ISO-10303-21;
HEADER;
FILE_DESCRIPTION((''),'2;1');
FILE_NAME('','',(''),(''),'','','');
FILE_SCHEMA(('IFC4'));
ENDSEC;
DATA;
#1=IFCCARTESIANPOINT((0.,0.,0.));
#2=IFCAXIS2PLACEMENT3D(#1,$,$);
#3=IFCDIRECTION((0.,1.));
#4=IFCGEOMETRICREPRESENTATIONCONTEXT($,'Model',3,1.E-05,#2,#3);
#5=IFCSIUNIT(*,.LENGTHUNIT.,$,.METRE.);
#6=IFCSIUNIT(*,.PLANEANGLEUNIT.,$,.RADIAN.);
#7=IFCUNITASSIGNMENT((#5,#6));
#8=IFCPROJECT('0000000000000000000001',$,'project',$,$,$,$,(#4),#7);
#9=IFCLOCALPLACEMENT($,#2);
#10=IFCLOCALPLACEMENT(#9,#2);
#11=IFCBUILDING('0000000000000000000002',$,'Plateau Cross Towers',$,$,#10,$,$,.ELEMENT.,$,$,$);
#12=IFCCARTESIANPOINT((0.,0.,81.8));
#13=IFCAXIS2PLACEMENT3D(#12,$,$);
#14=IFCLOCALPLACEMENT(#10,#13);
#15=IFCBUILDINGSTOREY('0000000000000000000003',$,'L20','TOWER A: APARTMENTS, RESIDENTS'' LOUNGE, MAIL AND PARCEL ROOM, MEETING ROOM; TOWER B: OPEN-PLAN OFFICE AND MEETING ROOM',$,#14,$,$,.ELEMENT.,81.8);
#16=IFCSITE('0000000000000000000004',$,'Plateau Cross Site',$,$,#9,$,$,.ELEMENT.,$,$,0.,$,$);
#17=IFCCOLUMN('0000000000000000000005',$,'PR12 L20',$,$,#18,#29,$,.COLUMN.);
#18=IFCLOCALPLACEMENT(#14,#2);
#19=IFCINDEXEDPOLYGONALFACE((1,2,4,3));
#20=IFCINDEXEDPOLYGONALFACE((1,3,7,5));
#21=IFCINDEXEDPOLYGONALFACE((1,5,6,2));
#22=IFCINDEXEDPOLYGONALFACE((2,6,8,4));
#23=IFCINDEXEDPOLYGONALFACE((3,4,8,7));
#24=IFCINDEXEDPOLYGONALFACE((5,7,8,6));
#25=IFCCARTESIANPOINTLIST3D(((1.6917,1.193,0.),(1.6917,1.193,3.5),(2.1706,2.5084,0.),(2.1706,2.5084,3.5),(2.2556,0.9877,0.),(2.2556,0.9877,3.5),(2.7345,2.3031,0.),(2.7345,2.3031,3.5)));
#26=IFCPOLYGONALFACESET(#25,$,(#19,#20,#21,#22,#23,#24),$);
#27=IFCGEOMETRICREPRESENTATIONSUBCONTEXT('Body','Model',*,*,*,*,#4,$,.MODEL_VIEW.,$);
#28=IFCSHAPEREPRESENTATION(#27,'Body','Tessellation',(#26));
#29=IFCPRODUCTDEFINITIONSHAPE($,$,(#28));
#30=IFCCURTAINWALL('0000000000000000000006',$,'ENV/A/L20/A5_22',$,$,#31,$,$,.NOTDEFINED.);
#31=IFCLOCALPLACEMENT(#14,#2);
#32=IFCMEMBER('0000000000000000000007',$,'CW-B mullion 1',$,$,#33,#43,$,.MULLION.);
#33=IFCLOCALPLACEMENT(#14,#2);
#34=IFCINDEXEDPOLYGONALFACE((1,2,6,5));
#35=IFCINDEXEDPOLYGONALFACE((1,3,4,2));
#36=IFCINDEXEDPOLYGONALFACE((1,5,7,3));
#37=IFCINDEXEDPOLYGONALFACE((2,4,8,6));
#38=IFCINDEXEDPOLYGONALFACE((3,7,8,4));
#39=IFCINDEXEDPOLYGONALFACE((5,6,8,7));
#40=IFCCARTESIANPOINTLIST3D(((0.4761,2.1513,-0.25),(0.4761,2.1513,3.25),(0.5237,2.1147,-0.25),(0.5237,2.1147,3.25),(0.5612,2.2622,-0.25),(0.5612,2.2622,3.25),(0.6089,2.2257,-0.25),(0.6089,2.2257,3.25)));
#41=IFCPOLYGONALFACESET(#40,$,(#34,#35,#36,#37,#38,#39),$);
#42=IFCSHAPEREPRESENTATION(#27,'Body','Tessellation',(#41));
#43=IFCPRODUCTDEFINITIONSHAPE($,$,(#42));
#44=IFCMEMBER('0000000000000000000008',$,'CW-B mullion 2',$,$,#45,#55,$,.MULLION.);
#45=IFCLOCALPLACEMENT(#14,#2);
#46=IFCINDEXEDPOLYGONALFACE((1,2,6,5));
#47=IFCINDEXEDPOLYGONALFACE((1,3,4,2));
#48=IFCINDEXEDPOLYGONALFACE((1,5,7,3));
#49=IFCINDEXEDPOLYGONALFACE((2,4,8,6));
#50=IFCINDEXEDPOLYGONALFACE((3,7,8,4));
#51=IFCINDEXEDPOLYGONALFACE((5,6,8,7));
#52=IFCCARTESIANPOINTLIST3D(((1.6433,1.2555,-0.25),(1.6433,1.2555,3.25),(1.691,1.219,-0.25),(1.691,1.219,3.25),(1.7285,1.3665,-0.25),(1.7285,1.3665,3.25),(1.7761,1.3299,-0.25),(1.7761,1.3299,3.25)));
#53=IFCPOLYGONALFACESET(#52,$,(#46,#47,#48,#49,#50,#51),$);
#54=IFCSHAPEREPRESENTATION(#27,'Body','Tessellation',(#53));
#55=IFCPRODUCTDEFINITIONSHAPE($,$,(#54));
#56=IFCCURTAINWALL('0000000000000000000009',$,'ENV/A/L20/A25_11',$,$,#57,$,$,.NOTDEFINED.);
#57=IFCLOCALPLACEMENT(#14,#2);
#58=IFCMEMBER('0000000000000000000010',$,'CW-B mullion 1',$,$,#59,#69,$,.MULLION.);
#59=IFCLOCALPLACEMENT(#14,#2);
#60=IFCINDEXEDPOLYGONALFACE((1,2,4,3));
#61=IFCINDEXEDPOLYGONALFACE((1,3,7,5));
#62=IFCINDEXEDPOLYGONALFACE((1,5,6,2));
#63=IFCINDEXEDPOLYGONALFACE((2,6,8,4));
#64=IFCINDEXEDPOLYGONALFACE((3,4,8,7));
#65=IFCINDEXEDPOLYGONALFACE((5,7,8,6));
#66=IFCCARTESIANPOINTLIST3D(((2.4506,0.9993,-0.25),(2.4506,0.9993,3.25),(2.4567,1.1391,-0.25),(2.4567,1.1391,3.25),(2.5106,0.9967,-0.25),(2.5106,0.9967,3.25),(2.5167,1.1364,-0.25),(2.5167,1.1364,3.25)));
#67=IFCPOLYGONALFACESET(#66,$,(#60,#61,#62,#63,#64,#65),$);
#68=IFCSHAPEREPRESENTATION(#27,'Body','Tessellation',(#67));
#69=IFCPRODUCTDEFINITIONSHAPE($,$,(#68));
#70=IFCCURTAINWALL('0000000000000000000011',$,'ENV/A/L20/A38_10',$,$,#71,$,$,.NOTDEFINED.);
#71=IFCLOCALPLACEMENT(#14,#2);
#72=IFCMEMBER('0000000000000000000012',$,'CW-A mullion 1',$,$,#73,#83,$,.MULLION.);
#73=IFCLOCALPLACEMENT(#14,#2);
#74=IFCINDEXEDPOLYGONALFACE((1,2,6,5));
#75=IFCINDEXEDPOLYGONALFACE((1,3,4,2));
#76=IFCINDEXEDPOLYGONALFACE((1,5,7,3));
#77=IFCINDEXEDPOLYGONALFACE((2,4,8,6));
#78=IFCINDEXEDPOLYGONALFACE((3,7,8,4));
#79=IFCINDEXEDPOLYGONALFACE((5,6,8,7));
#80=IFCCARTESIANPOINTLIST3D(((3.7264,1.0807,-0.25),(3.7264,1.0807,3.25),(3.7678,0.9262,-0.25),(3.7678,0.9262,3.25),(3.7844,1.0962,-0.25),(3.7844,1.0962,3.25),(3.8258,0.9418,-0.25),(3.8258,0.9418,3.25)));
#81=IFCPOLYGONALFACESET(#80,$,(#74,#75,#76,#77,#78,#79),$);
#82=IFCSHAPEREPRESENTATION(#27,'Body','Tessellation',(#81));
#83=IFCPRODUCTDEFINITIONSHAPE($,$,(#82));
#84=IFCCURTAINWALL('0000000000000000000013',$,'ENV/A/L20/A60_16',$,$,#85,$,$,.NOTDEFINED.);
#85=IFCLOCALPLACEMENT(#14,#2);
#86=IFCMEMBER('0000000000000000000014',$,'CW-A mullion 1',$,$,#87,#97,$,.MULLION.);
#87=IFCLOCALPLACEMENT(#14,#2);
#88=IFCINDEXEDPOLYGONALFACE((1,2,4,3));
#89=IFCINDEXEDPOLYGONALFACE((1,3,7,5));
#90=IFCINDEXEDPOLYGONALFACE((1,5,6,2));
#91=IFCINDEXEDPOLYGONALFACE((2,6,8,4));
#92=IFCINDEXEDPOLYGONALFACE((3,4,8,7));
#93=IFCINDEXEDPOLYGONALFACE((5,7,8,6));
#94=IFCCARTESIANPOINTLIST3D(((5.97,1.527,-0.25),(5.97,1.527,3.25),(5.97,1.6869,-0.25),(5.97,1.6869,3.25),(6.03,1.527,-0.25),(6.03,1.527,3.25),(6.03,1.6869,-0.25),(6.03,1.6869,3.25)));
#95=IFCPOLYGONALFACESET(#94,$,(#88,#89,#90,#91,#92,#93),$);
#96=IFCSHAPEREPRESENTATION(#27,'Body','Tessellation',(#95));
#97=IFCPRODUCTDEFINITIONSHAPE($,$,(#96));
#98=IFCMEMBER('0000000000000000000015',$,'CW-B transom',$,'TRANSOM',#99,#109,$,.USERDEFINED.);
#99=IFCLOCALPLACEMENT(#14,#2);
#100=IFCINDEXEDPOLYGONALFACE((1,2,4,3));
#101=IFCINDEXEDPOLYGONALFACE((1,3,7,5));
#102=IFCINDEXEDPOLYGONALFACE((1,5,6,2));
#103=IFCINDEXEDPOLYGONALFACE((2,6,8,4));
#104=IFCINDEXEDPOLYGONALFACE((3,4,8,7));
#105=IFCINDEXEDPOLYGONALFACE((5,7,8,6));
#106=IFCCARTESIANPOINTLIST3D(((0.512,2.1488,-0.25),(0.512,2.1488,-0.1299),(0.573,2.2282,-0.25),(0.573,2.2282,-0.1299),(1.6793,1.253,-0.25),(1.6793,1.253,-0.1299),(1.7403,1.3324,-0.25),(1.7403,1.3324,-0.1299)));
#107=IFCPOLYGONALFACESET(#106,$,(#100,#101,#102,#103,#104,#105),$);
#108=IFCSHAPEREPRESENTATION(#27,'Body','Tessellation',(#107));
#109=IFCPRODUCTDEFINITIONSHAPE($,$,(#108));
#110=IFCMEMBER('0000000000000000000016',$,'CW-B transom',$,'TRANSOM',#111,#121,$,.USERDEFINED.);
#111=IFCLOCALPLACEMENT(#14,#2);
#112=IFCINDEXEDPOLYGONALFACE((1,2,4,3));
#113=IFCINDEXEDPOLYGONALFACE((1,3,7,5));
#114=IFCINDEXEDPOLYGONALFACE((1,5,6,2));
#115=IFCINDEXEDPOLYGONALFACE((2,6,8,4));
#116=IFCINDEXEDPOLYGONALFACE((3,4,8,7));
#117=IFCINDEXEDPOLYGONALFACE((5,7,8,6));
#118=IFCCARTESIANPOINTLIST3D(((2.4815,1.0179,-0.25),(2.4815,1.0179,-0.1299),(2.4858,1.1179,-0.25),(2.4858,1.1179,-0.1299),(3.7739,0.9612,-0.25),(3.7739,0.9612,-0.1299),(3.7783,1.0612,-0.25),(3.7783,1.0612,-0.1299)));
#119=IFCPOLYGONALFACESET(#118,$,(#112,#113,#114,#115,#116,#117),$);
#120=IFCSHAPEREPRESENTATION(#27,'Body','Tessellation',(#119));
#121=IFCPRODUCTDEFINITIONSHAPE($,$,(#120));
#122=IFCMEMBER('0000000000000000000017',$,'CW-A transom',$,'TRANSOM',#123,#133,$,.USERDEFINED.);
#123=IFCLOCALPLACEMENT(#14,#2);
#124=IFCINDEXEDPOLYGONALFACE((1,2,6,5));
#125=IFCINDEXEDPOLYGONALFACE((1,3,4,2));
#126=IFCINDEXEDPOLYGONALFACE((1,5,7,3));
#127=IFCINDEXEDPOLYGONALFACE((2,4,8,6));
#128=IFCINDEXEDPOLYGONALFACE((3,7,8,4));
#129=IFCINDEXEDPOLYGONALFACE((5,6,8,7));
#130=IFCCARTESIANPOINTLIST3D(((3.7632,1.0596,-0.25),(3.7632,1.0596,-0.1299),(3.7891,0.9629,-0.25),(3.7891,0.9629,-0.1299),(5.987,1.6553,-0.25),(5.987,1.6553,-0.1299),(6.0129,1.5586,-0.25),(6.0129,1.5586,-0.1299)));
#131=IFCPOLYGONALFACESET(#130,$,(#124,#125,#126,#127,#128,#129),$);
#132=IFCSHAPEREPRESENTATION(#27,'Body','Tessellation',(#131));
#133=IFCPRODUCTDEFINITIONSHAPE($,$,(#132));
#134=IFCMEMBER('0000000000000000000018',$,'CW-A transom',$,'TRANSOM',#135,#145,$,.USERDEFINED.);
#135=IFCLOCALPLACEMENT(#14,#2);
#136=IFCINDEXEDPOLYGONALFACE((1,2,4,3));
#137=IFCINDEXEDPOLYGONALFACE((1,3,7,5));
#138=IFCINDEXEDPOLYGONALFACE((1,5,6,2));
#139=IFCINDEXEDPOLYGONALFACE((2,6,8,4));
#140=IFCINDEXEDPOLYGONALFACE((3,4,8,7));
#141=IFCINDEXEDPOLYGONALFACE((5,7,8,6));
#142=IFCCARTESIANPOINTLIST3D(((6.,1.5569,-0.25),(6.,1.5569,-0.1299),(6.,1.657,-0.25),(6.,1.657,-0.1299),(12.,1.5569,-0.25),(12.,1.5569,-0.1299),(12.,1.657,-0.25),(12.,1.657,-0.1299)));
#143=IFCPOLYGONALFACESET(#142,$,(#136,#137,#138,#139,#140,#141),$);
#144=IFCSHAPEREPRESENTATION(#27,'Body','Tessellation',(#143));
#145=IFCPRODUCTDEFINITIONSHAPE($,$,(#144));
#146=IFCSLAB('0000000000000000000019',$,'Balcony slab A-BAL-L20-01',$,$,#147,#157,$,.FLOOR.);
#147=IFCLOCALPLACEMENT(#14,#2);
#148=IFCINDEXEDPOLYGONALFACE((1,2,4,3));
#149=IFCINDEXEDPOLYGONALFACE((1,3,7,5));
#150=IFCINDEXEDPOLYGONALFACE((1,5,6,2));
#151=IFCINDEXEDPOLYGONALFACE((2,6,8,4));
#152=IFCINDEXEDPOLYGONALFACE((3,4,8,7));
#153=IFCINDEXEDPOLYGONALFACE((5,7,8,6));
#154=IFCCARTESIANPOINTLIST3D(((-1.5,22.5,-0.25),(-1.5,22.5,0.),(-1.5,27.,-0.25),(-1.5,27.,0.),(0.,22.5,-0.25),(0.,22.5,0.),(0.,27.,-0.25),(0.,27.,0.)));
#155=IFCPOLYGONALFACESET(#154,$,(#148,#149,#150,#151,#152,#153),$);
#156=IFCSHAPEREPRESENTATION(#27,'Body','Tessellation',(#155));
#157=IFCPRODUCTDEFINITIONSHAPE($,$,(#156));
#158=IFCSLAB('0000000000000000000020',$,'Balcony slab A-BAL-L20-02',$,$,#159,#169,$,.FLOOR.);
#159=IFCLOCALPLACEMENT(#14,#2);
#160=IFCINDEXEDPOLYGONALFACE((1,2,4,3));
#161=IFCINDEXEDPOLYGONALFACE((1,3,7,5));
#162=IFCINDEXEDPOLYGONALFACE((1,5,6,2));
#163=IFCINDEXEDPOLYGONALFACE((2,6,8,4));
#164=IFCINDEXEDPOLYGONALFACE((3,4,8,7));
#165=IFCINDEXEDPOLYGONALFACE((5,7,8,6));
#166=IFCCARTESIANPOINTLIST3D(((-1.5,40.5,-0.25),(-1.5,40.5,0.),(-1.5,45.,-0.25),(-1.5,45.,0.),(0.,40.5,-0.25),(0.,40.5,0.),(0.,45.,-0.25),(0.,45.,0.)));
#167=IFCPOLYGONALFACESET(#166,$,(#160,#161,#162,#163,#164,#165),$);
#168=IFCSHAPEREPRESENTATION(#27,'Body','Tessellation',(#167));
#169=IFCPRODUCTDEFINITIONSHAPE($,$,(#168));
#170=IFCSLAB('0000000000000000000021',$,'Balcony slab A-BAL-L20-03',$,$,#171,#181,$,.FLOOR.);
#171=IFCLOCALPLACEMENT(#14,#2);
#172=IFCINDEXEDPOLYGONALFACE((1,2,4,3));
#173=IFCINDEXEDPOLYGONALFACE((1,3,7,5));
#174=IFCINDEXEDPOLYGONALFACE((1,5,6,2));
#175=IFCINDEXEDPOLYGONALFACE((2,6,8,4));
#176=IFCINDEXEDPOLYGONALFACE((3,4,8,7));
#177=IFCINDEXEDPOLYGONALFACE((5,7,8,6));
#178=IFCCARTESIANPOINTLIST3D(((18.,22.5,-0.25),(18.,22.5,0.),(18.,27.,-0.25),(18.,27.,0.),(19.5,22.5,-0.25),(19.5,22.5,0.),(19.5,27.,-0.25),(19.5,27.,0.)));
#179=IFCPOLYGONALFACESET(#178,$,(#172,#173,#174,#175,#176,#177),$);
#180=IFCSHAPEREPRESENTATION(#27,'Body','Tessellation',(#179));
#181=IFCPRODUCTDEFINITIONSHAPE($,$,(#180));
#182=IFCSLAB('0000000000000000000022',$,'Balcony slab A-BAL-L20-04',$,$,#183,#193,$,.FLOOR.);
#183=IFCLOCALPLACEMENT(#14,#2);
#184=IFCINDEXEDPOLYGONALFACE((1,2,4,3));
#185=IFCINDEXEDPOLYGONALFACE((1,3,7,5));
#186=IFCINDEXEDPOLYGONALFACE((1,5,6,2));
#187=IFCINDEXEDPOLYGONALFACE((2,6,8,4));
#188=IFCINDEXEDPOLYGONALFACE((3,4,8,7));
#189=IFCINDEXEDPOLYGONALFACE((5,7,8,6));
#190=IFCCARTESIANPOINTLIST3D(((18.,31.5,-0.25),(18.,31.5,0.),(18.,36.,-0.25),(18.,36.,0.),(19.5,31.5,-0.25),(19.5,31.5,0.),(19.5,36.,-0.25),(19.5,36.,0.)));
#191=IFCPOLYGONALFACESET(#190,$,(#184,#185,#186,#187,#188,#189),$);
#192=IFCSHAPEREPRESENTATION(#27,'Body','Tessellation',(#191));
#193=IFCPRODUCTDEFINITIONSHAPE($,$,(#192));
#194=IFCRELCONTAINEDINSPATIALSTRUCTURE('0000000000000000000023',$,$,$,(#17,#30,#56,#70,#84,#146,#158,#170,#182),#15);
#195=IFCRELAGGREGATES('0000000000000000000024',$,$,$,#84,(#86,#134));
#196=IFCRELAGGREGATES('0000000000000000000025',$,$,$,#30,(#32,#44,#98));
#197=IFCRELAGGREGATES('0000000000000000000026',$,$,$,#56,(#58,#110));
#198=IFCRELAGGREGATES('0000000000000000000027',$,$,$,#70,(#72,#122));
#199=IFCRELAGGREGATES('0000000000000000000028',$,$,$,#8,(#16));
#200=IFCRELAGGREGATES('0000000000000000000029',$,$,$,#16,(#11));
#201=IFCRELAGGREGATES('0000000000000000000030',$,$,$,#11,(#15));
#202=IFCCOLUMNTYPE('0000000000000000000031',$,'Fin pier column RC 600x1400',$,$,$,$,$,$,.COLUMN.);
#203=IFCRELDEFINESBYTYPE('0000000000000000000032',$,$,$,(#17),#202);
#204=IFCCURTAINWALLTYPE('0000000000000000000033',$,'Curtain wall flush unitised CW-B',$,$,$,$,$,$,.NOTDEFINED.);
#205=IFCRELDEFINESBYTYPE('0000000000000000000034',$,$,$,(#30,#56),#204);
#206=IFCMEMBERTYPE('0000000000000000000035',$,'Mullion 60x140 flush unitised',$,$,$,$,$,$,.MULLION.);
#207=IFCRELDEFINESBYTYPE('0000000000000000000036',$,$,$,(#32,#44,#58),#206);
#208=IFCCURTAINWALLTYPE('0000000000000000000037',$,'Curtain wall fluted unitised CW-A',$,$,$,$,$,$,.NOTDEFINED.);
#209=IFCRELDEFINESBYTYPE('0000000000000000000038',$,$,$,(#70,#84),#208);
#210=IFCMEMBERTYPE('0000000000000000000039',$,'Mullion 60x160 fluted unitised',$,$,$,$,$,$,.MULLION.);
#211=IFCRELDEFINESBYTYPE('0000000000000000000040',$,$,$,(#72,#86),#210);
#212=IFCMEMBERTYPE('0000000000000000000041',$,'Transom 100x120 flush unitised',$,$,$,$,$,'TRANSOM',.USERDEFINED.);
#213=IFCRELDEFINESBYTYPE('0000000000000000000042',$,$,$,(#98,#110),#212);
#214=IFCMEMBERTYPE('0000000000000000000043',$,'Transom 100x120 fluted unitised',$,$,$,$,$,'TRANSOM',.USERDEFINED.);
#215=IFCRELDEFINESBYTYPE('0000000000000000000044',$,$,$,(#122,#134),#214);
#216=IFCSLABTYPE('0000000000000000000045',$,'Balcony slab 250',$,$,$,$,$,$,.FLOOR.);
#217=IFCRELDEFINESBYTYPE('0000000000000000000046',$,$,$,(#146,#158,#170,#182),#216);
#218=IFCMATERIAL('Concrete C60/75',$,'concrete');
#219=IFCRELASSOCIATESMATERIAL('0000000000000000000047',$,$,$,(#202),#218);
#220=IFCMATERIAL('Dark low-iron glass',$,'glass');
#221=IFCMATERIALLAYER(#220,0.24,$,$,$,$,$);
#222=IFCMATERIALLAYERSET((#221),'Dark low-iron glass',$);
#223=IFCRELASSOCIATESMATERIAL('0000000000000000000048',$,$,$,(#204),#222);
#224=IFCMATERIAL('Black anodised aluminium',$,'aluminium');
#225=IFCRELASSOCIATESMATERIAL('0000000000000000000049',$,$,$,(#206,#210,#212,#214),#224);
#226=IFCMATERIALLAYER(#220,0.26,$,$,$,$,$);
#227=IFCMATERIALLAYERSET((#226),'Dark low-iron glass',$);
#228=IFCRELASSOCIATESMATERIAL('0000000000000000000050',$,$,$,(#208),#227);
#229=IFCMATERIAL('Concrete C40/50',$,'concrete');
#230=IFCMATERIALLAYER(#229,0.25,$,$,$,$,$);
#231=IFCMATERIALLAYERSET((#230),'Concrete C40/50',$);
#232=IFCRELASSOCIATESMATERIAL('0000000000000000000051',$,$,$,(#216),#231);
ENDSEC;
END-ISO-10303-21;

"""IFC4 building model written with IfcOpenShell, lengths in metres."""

from ifc_helpers import new_model, si_unit, direction, frame, origin, origin_2d, place, context, subcontext, project, spatial, polyline, rectangle, outline, extrude, material, layer, layer_set, material_profile, profile_set, type_object, element, aggregate, save


model = new_model("IFC4")

# Units and contexts
model_context = context("Model", 3, precision=1e-05, world=origin(), true_north=direction((0.0, 1.0)))
body_context = subcontext(model_context, "Body", "Model", "MODEL_VIEW")
ifc_project = project(units=[si_unit("LENGTHUNIT", "METRE"), si_unit("PLANEANGLEUNIT", "RADIAN")], contexts=[model_context])

# Site, building, storey
site_placement = place(None, origin())
site = spatial("IfcSite", under=ifc_project, at=site_placement, Name="Plateau Cross Site", CompositionType="ELEMENT", RefElevation=0.0)
building_placement = place(site_placement, origin())
building = spatial("IfcBuilding", under=site, at=building_placement, Name="Plateau Cross Towers", CompositionType="ELEMENT")
storey_placement = place(building_placement, frame((0.0, 0.0, 81.8)))
storey = spatial("IfcBuildingStorey", under=building, at=storey_placement, Name="L20", Description="TOWER A: APARTMENTS, RESIDENTS' LOUNGE, MAIL AND PARCEL ROOM, MEETING ROOM; TOWER B: OPEN-PLAN OFFICE AND MEETING ROOM", CompositionType="ELEMENT", Elevation=81.8)

# Column
ifc_material_1 = material(Name="Concrete C60/75", Category="concrete")
ifc_material_profile_1 = material_profile(ifc_material_1, rectangle(XDim=0.6001, YDim=1.3999, at=origin_2d()), Name="RC 600x1400")
ifc_profile_set_1 = profile_set([ifc_material_profile_1], Name="Concrete C60/75")
column_type = type_object("IfcColumnType", Name="Fin pier column RC 600x1400", PredefinedType="COLUMN", material=ifc_profile_set_1)
column_placement = place(storey_placement, frame((2.2131, 1.748, 0.0), z_axis=(0.0, 0.0, 1.0), x_axis=(-0.939664, 0.342098, 0.0)))
element("IfcColumn", 1, at=column_placement, inside=storey, type_object=column_type, Name="PR12 L20", PredefinedType="COLUMN", context=body_context, shape_type="SweptSolid", body=[
    extrude(rectangle(XDim=0.6001, YDim=1.3999, at=origin_2d()), origin(), (0.0, 0.0, 1.0), 3.5),
])

# Curtain wall, members
ifc_material_2 = material(Name="Dark low-iron glass", Category="glass")
ifc_layer_1 = layer(ifc_material_2, 0.24)
ifc_layer_set_1 = layer_set([ifc_layer_1], Name="Dark low-iron glass")
curtain_wall_type_1 = type_object("IfcCurtainWallType", Name="Curtain wall flush unitised CW-B", PredefinedType="NOTDEFINED", material=ifc_layer_set_1)
curtain_wall_1_placement = place(storey_placement, origin())
curtain_wall_1 = element("IfcCurtainWall", 2, at=curtain_wall_1_placement, inside=storey, type_object=curtain_wall_type_1, Name="ENV/A/L20/A5_22", PredefinedType="NOTDEFINED")
ifc_material_3 = material(Name="Black anodised aluminium", Category="aluminium")
ifc_material_profile_2 = material_profile(ifc_material_3, rectangle(XDim=0.0601, YDim=0.1399, at=origin_2d()), Name="MULLION 60x140")
ifc_profile_set_2 = profile_set([ifc_material_profile_2], Name="Black anodised aluminium")
member_type_1 = type_object("IfcMemberType", Name="Mullion 60x140 flush unitised", PredefinedType="MULLION", material=ifc_profile_set_2)
member_1_placement = place(storey_placement, frame((0.5425, 2.1885, -0.25), z_axis=(0.0, 0.0, 1.0), x_axis=(0.793316, -0.608811, 0.0)))
member_1 = element("IfcMember", 3, at=member_1_placement, type_object=member_type_1, Name="CW-B mullion 1", PredefinedType="MULLION", context=body_context, shape_type="SweptSolid", body=[
    extrude(rectangle(XDim=0.0601, YDim=0.1399, at=origin_2d()), origin(), (0.0, 0.0, 1.0), 3.5),
])
member_2_placement = place(storey_placement, frame((1.7097, 1.2927, -0.25), z_axis=(0.0, 0.0, 1.0), x_axis=(0.793316, -0.608811, 0.0)))
member_2 = element("IfcMember", 4, at=member_2_placement, type_object=member_type_1, Name="CW-B mullion 2", PredefinedType="MULLION", context=body_context, shape_type="SweptSolid", body=[
    extrude(rectangle(XDim=0.0601, YDim=0.1399, at=origin_2d()), origin(), (0.0, 0.0, 1.0), 3.5),
])

# Curtain walls, members
curtain_wall_2_placement = place(storey_placement, origin())
curtain_wall_2 = element("IfcCurtainWall", 5, at=curtain_wall_2_placement, inside=storey, type_object=curtain_wall_type_1, Name="ENV/A/L20/A25_11", PredefinedType="NOTDEFINED")
member_3_placement = place(storey_placement, frame((2.4836, 1.0679, -0.25), z_axis=(0.0, 0.0, 1.0), x_axis=(0.999044, -0.043723, 0.0)))
member_3 = element("IfcMember", 6, at=member_3_placement, type_object=member_type_1, Name="CW-B mullion 1", PredefinedType="MULLION", context=body_context, shape_type="SweptSolid", body=[
    extrude(rectangle(XDim=0.0601, YDim=0.1399, at=origin_2d()), origin(), (0.0, 0.0, 1.0), 3.5),
])
ifc_layer_2 = layer(ifc_material_2, 0.26)
ifc_layer_set_2 = layer_set([ifc_layer_2], Name="Dark low-iron glass")
curtain_wall_type_2 = type_object("IfcCurtainWallType", Name="Curtain wall fluted unitised CW-A", PredefinedType="NOTDEFINED", material=ifc_layer_set_2)
curtain_wall_3_placement = place(storey_placement, origin())
curtain_wall_3 = element("IfcCurtainWall", 7, at=curtain_wall_3_placement, inside=storey, type_object=curtain_wall_type_2, Name="ENV/A/L20/A38_10", PredefinedType="NOTDEFINED")
ifc_material_profile_3 = material_profile(ifc_material_3, rectangle(XDim=0.0601, YDim=0.1599, at=origin_2d()), Name="MULLION 60x160")
ifc_profile_set_3 = profile_set([ifc_material_profile_3], Name="Black anodised aluminium")
member_type_2 = type_object("IfcMemberType", Name="Mullion 60x160 fluted unitised", PredefinedType="MULLION", material=ifc_profile_set_3)
member_4_placement = place(storey_placement, frame((3.7761, 1.0112, -0.25), z_axis=(0.0, 0.0, 1.0), x_axis=(0.965958, 0.258699, 0.0)))
member_4 = element("IfcMember", 8, at=member_4_placement, type_object=member_type_2, Name="CW-A mullion 1", PredefinedType="MULLION", context=body_context, shape_type="SweptSolid", body=[
    extrude(rectangle(XDim=0.0601, YDim=0.1599, at=origin_2d()), origin(), (0.0, 0.0, 1.0), 3.5),
])
curtain_wall_4_placement = place(storey_placement, origin())
curtain_wall_4 = element("IfcCurtainWall", 9, at=curtain_wall_4_placement, inside=storey, type_object=curtain_wall_type_2, Name="ENV/A/L20/A60_16", PredefinedType="NOTDEFINED")
member_5_placement = place(storey_placement, frame((6.0, 1.6069, -0.25), z_axis=(0.0, 0.0, 1.0), x_axis=(1.0, 0.0, 0.0)))
member_5 = element("IfcMember", 10, at=member_5_placement, type_object=member_type_2, Name="CW-A mullion 1", PredefinedType="MULLION", context=body_context, shape_type="SweptSolid", body=[
    extrude(rectangle(XDim=0.0601, YDim=0.1599, at=origin_2d()), origin(), (0.0, 0.0, 1.0), 3.5),
])

# Members
ifc_material_profile_4 = material_profile(ifc_material_3, rectangle(XDim=0.1001, YDim=0.1201, at=origin_2d()), Name="TRANSOM 100x120")
ifc_profile_set_4 = profile_set([ifc_material_profile_4], Name="Black anodised aluminium")
member_type_3 = type_object("IfcMemberType", Name="Transom 100x120 flush unitised", ElementType="TRANSOM", PredefinedType="USERDEFINED", material=ifc_profile_set_4)
member_6_placement = place(storey_placement, frame((0.5425, 2.1885, -0.1899), z_axis=(0.793321, -0.608804, 0.0), x_axis=(0.608804, 0.793321, 0.0)))
member_6 = element("IfcMember", 11, at=member_6_placement, type_object=member_type_3, Name="CW-B transom", ObjectType="TRANSOM", PredefinedType="USERDEFINED", context=body_context, shape_type="SweptSolid", body=[
    extrude(rectangle(XDim=0.1001, YDim=0.1201, at=origin_2d()), origin(), (0.0, 0.0, 1.0), 1.4714),
])
member_7_placement = place(storey_placement, frame((2.4836, 1.0679, -0.1899), z_axis=(0.999041, -0.043781, 0.0), x_axis=(0.043781, 0.999041, 0.0)))
member_7 = element("IfcMember", 12, at=member_7_placement, type_object=member_type_3, Name="CW-B transom", ObjectType="TRANSOM", PredefinedType="USERDEFINED", context=body_context, shape_type="SweptSolid", body=[
    extrude(rectangle(XDim=0.1001, YDim=0.1201, at=origin_2d()), origin(), (0.0, 0.0, 1.0), 1.2937),
])
ifc_material_profile_5 = material_profile(ifc_material_3, rectangle(XDim=0.1001, YDim=0.1201, at=origin_2d()), Name="TRANSOM 100x120")
ifc_profile_set_5 = profile_set([ifc_material_profile_5], Name="Black anodised aluminium")
member_type_4 = type_object("IfcMemberType", Name="Transom 100x120 fluted unitised", ElementType="TRANSOM", PredefinedType="USERDEFINED", material=ifc_profile_set_5)
member_8_placement = place(storey_placement, frame((3.7761, 1.0112, -0.1899), z_axis=(0.965946, 0.258745, 0.0), x_axis=(-0.258745, 0.965946, 0.0)))
member_8 = element("IfcMember", 13, at=member_8_placement, type_object=member_type_4, Name="CW-A transom", ObjectType="TRANSOM", PredefinedType="USERDEFINED", context=body_context, shape_type="SweptSolid", body=[
    extrude(rectangle(XDim=0.1001, YDim=0.1201, at=origin_2d()), origin(), (0.0, 0.0, 1.0), 2.3022),
])
member_9_placement = place(storey_placement, frame((6.0, 1.6069, -0.1899), z_axis=(1.0, 0.0, 0.0), x_axis=(0.0, 1.0, 0.0)))
member_9 = element("IfcMember", 14, at=member_9_placement, type_object=member_type_4, Name="CW-A transom", ObjectType="TRANSOM", PredefinedType="USERDEFINED", context=body_context, shape_type="SweptSolid", body=[
    extrude(rectangle(XDim=0.1001, YDim=0.1201, at=origin_2d()), origin(), (0.0, 0.0, 1.0), 6.0),
])
aggregate(curtain_wall_4, [member_5, member_9])

# Slabs
ifc_material_4 = material(Name="Concrete C40/50", Category="concrete")
ifc_layer_3 = layer(ifc_material_4, 0.25)
ifc_layer_set_3 = layer_set([ifc_layer_3], Name="Concrete C40/50")
slab_type_1 = type_object("IfcSlabType", Name="Balcony slab 250", PredefinedType="FLOOR", material=ifc_layer_set_3)
slab_1_placement = place(storey_placement, frame((0.0, 0.0, -0.25)))
element("IfcSlab", 15, at=slab_1_placement, inside=storey, type_object=slab_type_1, Name="Balcony slab A-BAL-L20-01", PredefinedType="FLOOR", context=body_context, shape_type="SweptSolid", body=[
    extrude(outline(polyline([(0.0, 22.5), (0.0, 27.0), (-1.5, 27.0), (-1.5, 22.5), (0.0, 22.5)])), origin(), (0.0, 0.0, 1.0), 0.25),
])
slab_2_placement = place(storey_placement, frame((0.0, 0.0, -0.25)))
element("IfcSlab", 16, at=slab_2_placement, inside=storey, type_object=slab_type_1, Name="Balcony slab A-BAL-L20-02", PredefinedType="FLOOR", context=body_context, shape_type="SweptSolid", body=[
    extrude(outline(polyline([(0.0, 40.5), (0.0, 45.0), (-1.5, 45.0), (-1.5, 40.5), (0.0, 40.5)])), origin(), (0.0, 0.0, 1.0), 0.25),
])
slab_3_placement = place(storey_placement, frame((0.0, 0.0, -0.25)))
element("IfcSlab", 17, at=slab_3_placement, inside=storey, type_object=slab_type_1, Name="Balcony slab A-BAL-L20-03", PredefinedType="FLOOR", context=body_context, shape_type="SweptSolid", body=[
    extrude(outline(polyline([(19.5, 22.5), (19.5, 27.0), (18.0, 27.0), (18.0, 22.5), (19.5, 22.5)])), origin(), (0.0, 0.0, 1.0), 0.25),
])
slab_4_placement = place(storey_placement, frame((0.0, 0.0, -0.25)))
element("IfcSlab", 18, at=slab_4_placement, inside=storey, type_object=slab_type_1, Name="Balcony slab A-BAL-L20-04", PredefinedType="FLOOR", context=body_context, shape_type="SweptSolid", body=[
    extrude(outline(polyline([(19.5, 31.5), (19.5, 36.0), (18.0, 36.0), (18.0, 31.5), (19.5, 31.5)])), origin(), (0.0, 0.0, 1.0), 0.25),
])

aggregate(curtain_wall_1, [member_1, member_2, member_6])
aggregate(curtain_wall_2, [member_3, member_7])
aggregate(curtain_wall_3, [member_4, member_8])

save(model, "model.ifc")
